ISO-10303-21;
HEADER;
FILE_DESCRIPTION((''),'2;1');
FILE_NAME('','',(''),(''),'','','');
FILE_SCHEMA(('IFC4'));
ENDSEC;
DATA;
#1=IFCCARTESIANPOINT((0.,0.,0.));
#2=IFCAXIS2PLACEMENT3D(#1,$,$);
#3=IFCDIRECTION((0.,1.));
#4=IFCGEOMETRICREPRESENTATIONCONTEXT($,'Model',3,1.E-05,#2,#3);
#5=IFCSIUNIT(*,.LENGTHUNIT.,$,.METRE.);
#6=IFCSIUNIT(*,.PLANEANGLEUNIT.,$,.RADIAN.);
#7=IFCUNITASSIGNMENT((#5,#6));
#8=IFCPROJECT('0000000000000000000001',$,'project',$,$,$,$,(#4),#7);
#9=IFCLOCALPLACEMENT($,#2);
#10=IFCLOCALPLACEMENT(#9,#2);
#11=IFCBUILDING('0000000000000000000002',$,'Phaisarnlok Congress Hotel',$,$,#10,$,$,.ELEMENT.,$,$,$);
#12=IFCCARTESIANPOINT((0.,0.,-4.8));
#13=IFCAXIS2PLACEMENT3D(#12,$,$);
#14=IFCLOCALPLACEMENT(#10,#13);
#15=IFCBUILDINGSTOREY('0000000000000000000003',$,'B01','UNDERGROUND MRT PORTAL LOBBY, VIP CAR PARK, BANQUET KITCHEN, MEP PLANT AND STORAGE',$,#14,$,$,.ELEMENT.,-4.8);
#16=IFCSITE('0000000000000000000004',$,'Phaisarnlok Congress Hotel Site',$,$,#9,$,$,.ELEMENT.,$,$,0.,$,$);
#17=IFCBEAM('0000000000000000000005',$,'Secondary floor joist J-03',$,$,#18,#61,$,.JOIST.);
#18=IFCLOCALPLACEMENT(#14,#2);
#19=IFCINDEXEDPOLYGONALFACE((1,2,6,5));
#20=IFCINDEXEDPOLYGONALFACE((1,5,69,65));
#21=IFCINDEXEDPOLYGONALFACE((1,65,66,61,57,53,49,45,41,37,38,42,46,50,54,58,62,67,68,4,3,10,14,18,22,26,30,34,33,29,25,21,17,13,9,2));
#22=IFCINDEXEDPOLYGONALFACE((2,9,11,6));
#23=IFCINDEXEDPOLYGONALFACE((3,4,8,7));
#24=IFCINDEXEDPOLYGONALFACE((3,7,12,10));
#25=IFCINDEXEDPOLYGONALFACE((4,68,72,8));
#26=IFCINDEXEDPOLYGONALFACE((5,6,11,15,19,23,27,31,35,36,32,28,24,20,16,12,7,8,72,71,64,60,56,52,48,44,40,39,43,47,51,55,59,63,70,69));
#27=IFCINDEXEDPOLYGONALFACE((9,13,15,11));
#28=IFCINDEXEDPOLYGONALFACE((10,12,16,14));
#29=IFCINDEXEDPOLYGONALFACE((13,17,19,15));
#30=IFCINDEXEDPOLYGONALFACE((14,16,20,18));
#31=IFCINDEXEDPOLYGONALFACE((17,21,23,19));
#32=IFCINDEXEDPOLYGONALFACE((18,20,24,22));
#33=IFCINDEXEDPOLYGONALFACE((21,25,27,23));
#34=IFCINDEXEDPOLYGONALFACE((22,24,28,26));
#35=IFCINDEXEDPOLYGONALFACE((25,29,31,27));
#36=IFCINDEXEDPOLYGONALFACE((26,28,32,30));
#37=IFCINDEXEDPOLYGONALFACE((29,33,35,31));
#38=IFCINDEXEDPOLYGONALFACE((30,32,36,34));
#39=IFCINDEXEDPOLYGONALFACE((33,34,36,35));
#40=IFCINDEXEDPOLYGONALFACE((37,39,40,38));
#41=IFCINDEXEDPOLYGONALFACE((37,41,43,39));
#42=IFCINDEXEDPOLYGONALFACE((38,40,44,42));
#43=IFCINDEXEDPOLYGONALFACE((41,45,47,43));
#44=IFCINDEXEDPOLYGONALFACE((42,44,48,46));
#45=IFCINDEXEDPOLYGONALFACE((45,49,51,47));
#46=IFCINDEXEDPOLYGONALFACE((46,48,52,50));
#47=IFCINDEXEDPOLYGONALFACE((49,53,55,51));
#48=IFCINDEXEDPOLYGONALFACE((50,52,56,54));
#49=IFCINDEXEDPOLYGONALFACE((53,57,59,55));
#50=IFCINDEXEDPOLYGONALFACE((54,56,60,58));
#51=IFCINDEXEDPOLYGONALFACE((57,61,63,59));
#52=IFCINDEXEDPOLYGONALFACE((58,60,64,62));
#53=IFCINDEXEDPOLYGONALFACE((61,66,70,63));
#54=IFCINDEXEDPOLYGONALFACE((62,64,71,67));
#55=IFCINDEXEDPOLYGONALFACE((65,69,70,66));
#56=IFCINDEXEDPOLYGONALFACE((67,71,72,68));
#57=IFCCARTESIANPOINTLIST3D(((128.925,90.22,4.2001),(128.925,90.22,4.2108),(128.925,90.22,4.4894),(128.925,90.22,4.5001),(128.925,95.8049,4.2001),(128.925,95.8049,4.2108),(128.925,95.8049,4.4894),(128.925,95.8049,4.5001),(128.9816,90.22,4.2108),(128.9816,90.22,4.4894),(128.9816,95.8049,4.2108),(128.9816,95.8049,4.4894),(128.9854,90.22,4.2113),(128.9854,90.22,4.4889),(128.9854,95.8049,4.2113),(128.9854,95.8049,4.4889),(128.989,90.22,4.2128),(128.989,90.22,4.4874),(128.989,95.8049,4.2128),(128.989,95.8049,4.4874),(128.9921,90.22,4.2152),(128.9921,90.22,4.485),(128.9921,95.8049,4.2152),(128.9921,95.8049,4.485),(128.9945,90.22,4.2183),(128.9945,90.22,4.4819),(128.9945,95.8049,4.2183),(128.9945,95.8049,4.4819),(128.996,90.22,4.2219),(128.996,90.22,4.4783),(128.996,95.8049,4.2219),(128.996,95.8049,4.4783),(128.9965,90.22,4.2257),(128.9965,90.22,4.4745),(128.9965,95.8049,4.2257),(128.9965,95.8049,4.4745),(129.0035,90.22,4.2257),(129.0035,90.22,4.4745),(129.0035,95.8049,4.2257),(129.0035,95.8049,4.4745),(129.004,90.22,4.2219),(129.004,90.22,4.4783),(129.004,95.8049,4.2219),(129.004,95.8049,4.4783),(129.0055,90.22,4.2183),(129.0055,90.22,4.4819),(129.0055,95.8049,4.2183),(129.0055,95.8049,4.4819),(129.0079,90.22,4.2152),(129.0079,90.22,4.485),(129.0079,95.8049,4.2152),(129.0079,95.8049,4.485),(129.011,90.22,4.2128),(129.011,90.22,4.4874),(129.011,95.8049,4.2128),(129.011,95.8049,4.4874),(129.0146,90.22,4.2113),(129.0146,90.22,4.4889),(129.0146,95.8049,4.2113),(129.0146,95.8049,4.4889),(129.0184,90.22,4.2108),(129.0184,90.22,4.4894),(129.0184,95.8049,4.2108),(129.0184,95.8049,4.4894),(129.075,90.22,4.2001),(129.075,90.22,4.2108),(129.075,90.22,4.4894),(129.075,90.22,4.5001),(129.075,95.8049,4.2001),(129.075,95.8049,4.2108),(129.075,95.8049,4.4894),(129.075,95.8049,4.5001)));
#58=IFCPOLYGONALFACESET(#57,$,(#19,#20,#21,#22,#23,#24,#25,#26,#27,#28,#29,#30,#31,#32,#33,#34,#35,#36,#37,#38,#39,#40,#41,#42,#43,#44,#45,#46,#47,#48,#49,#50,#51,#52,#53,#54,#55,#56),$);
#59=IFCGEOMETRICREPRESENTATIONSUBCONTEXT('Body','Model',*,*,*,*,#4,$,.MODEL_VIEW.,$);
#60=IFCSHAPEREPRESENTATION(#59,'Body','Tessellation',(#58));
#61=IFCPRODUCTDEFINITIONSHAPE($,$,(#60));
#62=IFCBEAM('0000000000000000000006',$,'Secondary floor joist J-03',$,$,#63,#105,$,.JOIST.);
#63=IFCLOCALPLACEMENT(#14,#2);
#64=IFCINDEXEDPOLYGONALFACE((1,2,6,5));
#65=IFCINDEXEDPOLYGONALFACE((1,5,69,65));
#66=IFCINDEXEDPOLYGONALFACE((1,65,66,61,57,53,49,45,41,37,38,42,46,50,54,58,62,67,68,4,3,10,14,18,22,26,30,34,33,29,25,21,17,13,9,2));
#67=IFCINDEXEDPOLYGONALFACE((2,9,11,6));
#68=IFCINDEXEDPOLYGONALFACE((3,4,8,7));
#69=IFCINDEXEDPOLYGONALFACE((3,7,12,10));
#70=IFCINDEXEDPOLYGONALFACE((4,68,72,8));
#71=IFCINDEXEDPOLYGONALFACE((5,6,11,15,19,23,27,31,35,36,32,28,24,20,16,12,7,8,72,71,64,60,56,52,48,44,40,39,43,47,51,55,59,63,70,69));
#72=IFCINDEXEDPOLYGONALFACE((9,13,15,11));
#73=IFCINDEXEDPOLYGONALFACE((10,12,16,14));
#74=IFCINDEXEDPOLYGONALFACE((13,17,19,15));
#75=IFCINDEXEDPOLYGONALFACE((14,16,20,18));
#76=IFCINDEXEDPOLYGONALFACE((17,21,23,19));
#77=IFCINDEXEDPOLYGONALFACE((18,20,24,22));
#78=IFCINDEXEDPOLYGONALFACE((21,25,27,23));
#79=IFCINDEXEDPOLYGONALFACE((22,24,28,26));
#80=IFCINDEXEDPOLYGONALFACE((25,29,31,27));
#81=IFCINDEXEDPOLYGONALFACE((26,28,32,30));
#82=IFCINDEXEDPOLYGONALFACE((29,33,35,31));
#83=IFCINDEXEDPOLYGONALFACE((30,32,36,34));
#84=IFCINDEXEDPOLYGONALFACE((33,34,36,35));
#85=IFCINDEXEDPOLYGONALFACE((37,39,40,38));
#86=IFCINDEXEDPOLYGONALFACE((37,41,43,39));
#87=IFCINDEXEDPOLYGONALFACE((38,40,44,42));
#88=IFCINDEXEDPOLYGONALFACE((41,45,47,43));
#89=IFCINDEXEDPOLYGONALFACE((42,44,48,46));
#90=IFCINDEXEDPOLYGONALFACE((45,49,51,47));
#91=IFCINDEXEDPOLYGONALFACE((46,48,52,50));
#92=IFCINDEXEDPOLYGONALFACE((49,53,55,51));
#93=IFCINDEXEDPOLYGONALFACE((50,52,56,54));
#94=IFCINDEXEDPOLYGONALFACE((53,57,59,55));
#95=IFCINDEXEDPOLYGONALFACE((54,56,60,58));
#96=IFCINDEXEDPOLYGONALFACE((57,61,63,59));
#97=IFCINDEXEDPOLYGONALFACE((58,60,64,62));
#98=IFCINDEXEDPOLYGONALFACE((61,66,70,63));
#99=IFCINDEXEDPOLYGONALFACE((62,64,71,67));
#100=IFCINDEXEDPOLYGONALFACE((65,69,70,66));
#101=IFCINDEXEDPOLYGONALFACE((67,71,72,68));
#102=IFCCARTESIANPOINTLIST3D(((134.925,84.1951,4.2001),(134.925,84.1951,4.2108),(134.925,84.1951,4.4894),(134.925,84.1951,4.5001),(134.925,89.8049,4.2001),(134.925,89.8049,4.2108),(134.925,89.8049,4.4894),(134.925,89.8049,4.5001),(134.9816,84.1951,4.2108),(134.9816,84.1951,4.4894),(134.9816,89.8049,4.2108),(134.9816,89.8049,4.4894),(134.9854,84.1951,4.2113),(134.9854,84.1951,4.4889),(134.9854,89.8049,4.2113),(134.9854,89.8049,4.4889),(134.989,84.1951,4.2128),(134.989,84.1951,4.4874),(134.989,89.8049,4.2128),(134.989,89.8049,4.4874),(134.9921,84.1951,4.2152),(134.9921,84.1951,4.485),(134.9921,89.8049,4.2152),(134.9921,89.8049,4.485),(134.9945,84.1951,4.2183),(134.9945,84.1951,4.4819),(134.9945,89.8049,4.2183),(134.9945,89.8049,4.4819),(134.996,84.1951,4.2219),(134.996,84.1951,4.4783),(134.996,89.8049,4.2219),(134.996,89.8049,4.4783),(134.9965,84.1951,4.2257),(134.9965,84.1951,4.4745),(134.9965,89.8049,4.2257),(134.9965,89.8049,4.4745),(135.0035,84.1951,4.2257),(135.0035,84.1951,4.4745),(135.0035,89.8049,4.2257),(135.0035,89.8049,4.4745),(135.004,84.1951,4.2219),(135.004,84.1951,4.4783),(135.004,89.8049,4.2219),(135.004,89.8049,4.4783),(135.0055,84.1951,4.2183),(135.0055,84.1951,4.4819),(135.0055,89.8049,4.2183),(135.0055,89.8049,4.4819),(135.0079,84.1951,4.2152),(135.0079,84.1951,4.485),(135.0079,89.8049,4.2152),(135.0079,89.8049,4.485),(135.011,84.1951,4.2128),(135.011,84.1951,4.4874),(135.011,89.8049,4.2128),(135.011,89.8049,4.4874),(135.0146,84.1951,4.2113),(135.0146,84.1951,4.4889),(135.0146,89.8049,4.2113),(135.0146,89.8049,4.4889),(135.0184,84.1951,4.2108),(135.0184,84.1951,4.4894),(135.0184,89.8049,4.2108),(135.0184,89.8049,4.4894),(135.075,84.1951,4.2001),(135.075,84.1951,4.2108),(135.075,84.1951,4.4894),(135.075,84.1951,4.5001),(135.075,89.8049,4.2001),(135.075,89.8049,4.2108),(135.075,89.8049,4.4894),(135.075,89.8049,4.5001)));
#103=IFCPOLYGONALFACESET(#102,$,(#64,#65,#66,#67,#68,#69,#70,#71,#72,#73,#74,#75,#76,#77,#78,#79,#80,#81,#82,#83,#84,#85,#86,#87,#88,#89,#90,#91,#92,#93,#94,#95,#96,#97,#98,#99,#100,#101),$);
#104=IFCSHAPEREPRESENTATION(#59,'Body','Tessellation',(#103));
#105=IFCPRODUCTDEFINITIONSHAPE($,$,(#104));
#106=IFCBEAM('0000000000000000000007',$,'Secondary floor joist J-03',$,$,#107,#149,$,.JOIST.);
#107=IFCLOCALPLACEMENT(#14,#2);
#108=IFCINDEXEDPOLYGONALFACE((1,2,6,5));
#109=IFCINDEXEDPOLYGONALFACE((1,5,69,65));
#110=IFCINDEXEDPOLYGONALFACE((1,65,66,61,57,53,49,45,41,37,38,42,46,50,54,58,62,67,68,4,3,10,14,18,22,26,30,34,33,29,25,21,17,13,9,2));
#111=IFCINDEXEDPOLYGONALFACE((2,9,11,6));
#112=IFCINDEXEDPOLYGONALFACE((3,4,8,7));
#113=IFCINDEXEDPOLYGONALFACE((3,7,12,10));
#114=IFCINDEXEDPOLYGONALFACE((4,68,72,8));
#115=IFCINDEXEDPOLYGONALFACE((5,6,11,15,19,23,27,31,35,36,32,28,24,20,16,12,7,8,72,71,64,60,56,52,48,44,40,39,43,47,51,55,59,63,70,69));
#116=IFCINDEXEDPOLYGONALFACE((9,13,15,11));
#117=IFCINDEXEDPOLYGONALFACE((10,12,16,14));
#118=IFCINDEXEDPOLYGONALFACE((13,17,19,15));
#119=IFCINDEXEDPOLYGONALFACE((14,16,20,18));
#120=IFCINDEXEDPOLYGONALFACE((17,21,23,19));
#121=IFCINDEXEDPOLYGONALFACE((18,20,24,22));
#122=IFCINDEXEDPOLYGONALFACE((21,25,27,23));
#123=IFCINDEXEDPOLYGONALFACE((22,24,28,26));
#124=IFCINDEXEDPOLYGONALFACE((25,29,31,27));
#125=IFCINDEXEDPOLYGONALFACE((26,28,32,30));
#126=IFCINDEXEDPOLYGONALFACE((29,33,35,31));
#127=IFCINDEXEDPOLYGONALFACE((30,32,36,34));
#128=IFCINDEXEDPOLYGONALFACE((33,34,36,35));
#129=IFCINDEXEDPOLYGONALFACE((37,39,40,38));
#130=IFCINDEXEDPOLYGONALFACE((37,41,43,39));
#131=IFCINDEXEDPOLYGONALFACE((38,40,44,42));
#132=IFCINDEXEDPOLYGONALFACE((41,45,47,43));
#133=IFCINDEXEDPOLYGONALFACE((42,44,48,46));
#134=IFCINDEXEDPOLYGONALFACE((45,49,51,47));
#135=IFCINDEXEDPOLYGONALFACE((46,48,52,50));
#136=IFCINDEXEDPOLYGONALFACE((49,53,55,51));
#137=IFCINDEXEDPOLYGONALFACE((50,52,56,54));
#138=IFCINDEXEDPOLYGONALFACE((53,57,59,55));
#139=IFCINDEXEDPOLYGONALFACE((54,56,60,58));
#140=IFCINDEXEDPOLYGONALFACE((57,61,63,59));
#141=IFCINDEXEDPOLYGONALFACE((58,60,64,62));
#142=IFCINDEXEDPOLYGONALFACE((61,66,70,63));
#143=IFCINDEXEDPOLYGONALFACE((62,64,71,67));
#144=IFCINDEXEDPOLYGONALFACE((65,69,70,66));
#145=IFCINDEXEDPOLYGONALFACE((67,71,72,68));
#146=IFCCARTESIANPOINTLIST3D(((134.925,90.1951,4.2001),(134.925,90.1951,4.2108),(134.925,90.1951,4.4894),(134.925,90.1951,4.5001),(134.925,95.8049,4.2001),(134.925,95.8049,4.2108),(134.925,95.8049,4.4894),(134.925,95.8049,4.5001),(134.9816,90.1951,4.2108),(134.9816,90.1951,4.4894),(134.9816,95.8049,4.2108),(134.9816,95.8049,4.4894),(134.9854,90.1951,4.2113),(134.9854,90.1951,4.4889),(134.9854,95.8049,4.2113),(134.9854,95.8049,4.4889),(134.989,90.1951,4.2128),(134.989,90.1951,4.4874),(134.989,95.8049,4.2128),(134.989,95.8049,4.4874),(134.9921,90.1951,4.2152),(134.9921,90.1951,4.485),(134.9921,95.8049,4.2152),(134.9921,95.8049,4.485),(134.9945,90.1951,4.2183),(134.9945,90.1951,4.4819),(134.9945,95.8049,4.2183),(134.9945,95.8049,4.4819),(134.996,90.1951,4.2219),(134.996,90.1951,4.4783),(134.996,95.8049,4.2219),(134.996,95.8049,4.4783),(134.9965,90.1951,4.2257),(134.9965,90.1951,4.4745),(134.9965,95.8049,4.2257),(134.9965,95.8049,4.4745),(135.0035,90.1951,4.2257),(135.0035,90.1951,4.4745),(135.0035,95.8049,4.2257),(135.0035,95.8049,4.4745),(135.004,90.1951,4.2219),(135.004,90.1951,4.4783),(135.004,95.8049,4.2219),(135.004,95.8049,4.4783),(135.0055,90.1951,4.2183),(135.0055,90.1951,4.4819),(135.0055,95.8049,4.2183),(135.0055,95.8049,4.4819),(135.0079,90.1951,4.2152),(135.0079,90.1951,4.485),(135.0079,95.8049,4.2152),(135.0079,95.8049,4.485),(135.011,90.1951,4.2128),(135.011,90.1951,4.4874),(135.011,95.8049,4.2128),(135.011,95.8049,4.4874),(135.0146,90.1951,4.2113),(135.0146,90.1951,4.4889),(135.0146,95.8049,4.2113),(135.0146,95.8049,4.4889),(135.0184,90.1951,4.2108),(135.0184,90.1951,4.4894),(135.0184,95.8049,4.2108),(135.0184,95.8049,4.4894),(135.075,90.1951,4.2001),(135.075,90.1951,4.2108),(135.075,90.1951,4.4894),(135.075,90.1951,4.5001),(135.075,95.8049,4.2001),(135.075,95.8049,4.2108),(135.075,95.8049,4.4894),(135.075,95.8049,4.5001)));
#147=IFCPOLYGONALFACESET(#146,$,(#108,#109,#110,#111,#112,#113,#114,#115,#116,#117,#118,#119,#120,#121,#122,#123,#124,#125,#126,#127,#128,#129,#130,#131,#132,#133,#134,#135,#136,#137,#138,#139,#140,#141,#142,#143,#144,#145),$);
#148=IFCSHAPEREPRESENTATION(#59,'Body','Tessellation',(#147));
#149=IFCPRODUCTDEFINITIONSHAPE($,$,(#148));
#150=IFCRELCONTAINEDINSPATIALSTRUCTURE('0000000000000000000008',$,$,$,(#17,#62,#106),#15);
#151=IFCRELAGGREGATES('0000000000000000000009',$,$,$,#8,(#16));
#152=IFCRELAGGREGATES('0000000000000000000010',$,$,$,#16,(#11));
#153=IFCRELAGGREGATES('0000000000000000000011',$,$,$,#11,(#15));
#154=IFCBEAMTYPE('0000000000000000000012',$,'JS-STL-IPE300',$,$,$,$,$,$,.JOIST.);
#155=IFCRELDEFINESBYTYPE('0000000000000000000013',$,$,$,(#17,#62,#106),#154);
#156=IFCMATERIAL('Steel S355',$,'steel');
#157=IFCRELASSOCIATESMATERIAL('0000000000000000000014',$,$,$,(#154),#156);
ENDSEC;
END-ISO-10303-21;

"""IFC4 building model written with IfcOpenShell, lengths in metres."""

from ifc_helpers import new_model, si_unit, direction, frame, origin, origin_2d, place, context, subcontext, project, spatial, i_section, extrude, material, material_profile, profile_set, type_object, element, save


model = new_model("IFC4")

# Units and contexts
model_context = context("Model", 3, precision=1e-05, world=origin(), true_north=direction((0.0, 1.0)))
body_context = subcontext(model_context, "Body", "Model", "MODEL_VIEW")
ifc_project = project(units=[si_unit("LENGTHUNIT", "METRE"), si_unit("PLANEANGLEUNIT", "RADIAN")], contexts=[model_context])

# Site, building, storey
site_placement = place(None, origin())
site = spatial("IfcSite", under=ifc_project, at=site_placement, Name="Phaisarnlok Congress Hotel Site", CompositionType="ELEMENT", RefElevation=0.0)
building_placement = place(site_placement, origin())
building = spatial("IfcBuilding", under=site, at=building_placement, Name="Phaisarnlok Congress Hotel", CompositionType="ELEMENT")
storey_placement = place(building_placement, frame((0.0, 0.0, -4.8)))
storey = spatial("IfcBuildingStorey", under=building, at=storey_placement, Name="B01", Description="UNDERGROUND MRT PORTAL LOBBY, VIP CAR PARK, BANQUET KITCHEN, MEP PLANT AND STORAGE", CompositionType="ELEMENT", Elevation=-4.8)

# Beams
ifc_material_1 = material(Name="Steel S355", Category="steel")
ifc_material_profile_1 = material_profile(ifc_material_1, i_section(OverallWidth=0.1499, OverallDepth=0.3, WebThickness=0.0071, FlangeThickness=0.0107, FilletRadius=0.0149, at=origin_2d()), Name="IPE 300")
ifc_profile_set_1 = profile_set([ifc_material_profile_1], Name="Steel S355")
beam_type_1 = type_object("IfcBeamType", Name="JS-STL-IPE300", PredefinedType="JOIST", material=ifc_profile_set_1)
beam_1_placement = place(storey_placement, frame((129.0, 90.22, 4.3501), z_axis=(0.0, 1.0, 0.0), x_axis=(-1.0, 0.0, 0.0)))
element("IfcBeam", 1, at=beam_1_placement, inside=storey, type_object=beam_type_1, Name="Secondary floor joist J-03", PredefinedType="JOIST", context=body_context, shape_type="SweptSolid", body=[
    extrude(i_section(OverallWidth=0.1499, OverallDepth=0.3, WebThickness=0.0071, FlangeThickness=0.0107, FilletRadius=0.0149, at=origin_2d()), origin(), (0.0, 0.0, 1.0), 5.585),
])
for number, where, z_axis, x_axis, name in (
    (2, (135.0, 84.1951, 4.3501), (0.0, 1.0, 0.0), (-1.0, 0.0, 0.0), "Secondary floor joist J-03"),
    (3, (135.0, 90.1951, 4.3501), (0.0, 1.0, 0.0), (-1.0, 0.0, 0.0), "Secondary floor joist J-03"),
):
    element("IfcBeam", number, at=place(storey_placement, frame(where, z_axis=z_axis, x_axis=x_axis)), inside=storey, type_object=beam_type_1, Name=name, PredefinedType="JOIST", context=body_context, shape_type="SweptSolid", body=[
        extrude(i_section(OverallWidth=0.1499, OverallDepth=0.3, WebThickness=0.0071, FlangeThickness=0.0107, FilletRadius=0.0149, at=origin_2d()), origin(), (0.0, 0.0, 1.0), 5.6099),
    ])

save(model, "model.ifc")
